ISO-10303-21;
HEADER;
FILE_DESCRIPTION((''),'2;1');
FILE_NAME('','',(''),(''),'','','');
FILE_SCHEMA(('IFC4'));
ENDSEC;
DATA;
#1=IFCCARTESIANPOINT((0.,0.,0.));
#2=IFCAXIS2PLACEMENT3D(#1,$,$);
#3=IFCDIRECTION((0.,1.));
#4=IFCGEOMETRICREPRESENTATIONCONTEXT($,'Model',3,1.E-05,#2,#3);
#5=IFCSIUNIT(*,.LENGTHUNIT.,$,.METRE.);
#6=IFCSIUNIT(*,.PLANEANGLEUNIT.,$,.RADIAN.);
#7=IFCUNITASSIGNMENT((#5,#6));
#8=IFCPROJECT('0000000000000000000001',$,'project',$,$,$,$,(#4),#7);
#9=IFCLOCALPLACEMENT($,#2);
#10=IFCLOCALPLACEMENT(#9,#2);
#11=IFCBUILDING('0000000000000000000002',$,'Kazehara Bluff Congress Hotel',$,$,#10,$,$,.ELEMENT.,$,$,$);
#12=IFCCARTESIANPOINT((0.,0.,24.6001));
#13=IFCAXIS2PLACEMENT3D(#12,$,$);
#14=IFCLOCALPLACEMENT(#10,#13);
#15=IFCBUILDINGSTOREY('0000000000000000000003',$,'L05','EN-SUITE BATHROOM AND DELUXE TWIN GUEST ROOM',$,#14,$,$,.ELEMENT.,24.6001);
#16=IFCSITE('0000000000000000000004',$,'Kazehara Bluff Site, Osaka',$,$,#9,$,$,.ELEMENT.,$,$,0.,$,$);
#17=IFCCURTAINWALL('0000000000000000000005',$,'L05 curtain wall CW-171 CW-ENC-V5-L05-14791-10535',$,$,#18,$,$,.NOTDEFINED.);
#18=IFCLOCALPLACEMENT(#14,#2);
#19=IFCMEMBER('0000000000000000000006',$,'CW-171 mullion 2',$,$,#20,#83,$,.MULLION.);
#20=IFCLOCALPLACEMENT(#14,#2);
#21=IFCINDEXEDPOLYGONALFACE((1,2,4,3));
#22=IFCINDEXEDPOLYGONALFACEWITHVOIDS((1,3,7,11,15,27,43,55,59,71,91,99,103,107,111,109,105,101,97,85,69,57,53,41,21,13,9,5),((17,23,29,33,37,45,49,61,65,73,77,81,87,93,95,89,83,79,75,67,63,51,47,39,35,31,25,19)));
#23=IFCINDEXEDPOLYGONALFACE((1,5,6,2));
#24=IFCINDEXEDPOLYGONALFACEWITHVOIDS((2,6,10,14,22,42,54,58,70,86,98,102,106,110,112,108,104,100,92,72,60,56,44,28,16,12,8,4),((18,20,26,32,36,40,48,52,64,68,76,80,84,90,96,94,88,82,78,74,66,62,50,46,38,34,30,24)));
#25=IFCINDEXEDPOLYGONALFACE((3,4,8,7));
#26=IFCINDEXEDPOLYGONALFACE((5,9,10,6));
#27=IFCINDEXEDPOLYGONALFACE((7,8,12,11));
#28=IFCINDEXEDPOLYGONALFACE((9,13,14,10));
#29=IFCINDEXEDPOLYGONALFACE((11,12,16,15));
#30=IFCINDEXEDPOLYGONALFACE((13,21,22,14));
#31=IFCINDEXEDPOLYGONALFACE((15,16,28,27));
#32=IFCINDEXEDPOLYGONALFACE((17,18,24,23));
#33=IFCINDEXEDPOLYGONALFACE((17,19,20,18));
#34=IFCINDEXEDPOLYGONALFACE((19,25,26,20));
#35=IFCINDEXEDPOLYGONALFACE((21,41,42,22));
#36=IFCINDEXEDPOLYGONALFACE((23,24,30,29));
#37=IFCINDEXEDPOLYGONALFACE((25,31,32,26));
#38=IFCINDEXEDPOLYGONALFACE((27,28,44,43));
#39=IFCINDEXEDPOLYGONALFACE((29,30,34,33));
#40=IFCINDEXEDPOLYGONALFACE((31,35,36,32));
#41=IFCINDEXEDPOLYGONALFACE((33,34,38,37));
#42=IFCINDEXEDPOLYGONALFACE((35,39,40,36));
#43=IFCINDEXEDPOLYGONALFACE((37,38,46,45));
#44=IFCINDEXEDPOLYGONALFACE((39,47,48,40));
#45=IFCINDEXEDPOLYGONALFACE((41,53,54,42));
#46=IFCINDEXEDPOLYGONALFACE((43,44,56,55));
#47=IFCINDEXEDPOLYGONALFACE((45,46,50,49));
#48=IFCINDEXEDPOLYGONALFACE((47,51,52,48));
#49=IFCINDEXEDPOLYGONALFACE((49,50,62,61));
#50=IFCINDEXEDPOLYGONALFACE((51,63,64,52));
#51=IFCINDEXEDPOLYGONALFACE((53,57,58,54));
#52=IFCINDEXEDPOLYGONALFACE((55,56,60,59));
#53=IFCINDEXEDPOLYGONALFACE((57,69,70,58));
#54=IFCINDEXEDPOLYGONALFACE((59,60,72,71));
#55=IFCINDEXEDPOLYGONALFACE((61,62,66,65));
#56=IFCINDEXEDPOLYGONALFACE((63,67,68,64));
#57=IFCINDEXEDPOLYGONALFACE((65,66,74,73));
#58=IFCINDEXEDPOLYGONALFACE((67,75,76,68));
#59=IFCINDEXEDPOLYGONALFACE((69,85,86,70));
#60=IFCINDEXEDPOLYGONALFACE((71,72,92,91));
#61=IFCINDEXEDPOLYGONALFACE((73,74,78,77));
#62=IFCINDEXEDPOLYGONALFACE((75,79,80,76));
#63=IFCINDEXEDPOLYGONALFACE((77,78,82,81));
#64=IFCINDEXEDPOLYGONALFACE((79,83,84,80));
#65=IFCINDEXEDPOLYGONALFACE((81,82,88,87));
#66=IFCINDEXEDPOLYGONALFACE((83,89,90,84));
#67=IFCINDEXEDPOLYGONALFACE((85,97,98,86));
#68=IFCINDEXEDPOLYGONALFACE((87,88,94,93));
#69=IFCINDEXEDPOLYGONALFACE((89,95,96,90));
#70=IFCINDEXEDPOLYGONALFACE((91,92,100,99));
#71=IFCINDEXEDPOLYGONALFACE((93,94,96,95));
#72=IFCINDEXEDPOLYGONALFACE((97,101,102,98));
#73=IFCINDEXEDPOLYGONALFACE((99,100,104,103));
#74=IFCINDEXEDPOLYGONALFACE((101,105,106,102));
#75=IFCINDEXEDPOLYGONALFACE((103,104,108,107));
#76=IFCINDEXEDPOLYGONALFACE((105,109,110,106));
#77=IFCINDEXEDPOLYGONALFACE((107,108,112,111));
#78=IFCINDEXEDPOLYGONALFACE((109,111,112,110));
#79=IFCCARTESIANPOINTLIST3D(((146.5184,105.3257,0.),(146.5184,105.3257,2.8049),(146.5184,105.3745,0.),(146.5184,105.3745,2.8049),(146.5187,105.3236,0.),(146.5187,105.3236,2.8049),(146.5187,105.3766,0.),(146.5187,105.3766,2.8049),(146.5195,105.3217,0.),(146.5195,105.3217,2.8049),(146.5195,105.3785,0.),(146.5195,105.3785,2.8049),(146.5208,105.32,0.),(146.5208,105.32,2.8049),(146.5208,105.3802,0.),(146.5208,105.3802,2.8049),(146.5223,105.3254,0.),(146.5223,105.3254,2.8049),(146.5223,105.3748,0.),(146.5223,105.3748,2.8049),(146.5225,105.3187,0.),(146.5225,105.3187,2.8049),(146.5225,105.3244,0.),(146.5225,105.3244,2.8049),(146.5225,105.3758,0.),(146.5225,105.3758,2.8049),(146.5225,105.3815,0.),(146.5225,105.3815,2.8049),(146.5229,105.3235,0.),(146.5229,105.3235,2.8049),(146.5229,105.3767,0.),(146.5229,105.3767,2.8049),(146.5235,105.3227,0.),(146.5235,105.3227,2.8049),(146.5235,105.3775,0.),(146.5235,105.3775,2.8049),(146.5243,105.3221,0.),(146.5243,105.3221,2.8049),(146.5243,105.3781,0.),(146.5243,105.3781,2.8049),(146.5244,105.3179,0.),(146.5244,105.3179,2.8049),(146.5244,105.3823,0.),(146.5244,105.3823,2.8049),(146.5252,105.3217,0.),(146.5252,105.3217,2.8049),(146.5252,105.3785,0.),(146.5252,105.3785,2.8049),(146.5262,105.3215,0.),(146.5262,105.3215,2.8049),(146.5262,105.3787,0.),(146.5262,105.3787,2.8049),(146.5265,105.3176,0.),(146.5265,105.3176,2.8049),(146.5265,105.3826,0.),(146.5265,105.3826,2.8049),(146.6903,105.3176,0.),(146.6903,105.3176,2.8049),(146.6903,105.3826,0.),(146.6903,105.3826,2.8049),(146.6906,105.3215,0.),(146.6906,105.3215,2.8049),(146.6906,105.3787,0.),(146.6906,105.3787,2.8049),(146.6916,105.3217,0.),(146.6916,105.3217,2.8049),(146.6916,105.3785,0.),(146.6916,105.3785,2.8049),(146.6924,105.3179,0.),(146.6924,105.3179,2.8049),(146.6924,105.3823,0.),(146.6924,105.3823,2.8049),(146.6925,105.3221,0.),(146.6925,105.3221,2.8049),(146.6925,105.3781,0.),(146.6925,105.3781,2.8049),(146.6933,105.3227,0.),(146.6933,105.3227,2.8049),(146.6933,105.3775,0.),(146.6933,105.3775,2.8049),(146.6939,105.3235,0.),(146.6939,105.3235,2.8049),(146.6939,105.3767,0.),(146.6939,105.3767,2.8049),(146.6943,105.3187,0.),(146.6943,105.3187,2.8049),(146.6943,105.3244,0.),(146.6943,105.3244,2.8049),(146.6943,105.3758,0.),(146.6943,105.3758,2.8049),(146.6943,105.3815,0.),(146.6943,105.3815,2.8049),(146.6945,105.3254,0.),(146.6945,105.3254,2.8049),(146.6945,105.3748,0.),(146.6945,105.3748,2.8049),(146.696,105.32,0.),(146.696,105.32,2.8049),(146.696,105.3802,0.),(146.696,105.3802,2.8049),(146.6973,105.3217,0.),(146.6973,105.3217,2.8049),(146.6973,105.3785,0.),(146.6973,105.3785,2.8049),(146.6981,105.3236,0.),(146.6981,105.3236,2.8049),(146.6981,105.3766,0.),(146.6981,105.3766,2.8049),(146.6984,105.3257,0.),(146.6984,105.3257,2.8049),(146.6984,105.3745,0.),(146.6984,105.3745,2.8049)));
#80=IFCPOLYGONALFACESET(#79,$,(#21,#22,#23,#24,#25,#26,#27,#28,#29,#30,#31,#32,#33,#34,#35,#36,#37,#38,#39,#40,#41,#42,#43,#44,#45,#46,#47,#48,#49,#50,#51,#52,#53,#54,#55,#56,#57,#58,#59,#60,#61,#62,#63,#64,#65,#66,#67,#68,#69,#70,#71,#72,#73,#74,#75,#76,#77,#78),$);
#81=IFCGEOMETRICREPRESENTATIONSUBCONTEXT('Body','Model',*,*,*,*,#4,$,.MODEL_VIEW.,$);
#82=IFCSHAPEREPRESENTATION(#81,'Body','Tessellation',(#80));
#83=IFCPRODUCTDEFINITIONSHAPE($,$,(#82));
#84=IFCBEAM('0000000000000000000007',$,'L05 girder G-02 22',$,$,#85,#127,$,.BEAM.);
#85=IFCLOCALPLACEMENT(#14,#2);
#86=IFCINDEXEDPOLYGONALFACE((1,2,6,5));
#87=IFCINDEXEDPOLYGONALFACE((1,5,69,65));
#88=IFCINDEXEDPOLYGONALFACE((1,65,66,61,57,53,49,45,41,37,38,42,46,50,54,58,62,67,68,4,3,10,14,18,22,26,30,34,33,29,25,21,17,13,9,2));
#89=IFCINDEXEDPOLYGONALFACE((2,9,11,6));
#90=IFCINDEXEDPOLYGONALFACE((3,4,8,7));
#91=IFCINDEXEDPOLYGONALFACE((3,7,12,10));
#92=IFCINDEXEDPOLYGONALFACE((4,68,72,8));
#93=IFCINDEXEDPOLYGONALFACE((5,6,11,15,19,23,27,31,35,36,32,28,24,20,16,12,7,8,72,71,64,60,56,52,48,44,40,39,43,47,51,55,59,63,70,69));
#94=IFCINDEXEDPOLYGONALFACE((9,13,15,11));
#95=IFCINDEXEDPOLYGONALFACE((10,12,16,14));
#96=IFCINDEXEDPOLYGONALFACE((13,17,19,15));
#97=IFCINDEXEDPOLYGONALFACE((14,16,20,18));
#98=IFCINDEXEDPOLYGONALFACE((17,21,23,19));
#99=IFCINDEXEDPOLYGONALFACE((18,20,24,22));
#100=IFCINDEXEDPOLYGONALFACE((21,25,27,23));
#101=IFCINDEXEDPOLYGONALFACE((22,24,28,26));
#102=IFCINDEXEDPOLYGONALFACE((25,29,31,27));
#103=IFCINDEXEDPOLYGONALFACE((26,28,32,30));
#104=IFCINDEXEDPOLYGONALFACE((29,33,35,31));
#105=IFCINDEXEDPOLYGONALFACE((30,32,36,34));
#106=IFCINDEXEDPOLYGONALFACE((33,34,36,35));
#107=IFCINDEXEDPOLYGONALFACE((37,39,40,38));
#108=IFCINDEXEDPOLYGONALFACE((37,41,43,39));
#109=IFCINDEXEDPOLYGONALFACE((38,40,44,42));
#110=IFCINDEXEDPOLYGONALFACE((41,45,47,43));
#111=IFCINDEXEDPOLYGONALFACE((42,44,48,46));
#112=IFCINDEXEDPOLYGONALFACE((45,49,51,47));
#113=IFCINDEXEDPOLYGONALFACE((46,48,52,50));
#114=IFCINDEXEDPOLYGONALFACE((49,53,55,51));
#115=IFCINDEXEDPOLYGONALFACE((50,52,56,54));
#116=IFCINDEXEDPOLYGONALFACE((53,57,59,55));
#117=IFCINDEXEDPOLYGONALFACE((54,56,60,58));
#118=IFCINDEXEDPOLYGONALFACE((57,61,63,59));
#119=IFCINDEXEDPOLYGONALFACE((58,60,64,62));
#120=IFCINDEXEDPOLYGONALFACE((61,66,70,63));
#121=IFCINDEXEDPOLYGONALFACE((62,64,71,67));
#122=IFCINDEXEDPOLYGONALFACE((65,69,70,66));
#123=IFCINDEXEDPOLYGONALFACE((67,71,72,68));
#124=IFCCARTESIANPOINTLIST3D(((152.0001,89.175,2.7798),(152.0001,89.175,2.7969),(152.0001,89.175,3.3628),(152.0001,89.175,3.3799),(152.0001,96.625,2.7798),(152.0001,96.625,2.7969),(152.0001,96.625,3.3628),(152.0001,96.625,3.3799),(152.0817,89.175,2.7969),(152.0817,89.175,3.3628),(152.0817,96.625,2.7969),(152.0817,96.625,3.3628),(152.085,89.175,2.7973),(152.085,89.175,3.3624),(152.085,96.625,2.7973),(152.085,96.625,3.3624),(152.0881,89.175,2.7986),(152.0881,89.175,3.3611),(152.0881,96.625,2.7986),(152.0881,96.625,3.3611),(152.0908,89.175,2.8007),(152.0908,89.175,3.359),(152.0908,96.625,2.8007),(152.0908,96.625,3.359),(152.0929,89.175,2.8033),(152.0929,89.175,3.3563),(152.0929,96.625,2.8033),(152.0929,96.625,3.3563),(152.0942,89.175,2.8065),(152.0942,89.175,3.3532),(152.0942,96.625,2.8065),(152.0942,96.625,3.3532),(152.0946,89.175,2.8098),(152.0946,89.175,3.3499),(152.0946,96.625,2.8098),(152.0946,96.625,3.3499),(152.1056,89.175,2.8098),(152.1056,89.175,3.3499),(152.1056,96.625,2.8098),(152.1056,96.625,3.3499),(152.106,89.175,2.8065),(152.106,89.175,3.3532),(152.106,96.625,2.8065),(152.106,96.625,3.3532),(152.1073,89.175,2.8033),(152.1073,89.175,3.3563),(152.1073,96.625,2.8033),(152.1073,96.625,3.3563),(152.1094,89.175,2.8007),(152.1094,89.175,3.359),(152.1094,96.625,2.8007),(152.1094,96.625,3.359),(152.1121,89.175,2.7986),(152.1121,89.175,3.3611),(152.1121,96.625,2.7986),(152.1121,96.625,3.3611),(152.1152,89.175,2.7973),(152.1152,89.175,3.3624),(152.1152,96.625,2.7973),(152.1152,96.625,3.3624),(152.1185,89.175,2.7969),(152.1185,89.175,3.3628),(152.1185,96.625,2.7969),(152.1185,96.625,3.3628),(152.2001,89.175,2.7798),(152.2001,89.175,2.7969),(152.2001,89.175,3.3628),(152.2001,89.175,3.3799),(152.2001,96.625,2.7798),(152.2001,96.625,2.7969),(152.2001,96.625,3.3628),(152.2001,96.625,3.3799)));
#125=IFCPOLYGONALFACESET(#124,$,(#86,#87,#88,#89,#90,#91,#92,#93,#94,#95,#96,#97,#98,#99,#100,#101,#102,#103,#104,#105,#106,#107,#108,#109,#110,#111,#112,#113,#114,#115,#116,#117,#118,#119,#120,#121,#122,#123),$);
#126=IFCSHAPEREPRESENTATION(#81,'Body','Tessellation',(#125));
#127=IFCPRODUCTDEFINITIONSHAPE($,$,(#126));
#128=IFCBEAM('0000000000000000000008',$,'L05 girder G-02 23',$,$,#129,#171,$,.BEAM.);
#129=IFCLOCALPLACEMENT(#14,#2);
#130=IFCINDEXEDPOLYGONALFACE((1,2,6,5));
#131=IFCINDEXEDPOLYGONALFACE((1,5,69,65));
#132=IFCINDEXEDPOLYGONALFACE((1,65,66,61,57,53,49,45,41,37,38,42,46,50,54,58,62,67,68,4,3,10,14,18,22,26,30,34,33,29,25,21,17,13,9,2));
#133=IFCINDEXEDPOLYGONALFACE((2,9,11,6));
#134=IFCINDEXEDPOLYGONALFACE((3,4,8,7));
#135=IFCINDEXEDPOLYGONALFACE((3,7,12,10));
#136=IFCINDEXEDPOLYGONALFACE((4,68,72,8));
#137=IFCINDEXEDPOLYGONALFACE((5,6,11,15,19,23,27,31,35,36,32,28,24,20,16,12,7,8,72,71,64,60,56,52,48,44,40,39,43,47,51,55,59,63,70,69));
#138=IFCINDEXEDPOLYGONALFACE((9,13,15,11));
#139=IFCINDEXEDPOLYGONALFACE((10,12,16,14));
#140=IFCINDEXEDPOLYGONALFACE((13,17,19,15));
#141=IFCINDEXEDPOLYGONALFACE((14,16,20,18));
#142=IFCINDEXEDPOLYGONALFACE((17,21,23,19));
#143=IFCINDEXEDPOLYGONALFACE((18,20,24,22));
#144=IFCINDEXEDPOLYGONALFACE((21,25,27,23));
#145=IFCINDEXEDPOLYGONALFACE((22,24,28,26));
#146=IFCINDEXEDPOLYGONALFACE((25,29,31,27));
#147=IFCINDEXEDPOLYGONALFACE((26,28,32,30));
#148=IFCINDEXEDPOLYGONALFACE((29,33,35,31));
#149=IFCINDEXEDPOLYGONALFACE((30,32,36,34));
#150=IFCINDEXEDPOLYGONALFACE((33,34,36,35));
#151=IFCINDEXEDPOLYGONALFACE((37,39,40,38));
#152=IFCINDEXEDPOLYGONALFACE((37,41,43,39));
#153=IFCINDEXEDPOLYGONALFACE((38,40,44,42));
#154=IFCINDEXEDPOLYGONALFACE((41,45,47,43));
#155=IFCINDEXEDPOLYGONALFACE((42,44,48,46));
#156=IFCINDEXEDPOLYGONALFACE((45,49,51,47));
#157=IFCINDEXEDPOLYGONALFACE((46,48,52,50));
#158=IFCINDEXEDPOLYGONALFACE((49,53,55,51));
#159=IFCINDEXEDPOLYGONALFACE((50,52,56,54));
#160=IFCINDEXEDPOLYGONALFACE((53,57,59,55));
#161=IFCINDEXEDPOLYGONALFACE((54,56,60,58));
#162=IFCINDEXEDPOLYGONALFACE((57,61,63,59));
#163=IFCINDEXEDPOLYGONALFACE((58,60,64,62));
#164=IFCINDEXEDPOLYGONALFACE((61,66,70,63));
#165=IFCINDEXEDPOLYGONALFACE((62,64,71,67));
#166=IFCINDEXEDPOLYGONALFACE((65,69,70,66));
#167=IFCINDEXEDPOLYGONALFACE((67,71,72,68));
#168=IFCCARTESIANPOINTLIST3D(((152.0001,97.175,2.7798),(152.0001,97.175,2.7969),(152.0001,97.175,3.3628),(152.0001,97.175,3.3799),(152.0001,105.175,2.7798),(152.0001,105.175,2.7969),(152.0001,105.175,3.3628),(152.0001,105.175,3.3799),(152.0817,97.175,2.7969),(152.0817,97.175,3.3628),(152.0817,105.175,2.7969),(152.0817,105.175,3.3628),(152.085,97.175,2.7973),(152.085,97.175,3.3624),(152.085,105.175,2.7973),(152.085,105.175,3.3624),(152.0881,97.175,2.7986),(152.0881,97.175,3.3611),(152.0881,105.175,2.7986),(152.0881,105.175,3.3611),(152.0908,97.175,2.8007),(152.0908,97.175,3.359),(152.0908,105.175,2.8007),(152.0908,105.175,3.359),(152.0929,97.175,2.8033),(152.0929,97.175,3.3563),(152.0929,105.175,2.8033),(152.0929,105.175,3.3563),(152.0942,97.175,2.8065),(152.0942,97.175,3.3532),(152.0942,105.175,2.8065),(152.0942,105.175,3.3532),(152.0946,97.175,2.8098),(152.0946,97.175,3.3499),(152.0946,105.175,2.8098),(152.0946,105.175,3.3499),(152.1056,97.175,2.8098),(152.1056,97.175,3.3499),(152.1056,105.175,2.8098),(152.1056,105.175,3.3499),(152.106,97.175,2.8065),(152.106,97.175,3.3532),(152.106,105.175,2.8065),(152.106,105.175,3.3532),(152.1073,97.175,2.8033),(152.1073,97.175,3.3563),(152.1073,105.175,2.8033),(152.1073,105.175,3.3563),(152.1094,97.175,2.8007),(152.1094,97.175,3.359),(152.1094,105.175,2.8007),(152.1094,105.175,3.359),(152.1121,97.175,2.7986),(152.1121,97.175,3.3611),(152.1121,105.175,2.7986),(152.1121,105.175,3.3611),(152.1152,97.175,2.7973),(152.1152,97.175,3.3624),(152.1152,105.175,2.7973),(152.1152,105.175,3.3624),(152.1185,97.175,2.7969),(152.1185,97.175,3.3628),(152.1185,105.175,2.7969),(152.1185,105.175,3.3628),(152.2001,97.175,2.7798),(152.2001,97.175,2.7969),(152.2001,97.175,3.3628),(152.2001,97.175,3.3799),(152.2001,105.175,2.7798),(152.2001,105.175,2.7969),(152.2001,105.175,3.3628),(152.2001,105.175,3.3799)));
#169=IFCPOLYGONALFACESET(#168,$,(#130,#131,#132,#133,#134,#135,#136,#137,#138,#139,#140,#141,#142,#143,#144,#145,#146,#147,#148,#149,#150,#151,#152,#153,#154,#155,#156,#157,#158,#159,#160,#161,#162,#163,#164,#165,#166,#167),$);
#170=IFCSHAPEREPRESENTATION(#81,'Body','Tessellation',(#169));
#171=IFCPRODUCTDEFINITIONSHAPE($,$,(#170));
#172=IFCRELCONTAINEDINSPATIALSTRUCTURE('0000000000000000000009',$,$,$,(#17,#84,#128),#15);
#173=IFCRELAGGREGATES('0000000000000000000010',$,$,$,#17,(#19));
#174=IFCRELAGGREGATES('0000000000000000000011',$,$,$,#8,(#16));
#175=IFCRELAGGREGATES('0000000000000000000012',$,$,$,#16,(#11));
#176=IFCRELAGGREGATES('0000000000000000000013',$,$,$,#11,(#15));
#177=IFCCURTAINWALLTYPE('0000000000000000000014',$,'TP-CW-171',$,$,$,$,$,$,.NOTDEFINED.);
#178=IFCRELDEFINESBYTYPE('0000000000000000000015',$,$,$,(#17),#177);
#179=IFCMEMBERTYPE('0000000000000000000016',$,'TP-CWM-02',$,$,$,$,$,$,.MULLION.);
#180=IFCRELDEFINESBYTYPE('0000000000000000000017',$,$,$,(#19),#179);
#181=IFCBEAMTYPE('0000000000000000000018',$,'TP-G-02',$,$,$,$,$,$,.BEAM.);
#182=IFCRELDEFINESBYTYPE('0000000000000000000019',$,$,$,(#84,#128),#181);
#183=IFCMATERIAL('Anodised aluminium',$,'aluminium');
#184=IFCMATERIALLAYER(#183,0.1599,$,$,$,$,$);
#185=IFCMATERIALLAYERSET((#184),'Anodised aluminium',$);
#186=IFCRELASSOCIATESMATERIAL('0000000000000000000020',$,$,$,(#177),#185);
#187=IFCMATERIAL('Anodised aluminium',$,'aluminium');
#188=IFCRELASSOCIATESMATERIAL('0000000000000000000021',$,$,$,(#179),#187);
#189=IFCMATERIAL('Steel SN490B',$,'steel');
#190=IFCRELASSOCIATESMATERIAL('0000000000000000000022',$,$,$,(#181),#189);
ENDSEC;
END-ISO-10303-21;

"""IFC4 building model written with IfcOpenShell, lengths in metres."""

from ifc_helpers import new_model, si_unit, direction, frame, origin, origin_2d, place, context, subcontext, project, spatial, hollow_rectangle, i_section, extrude, material, layer, layer_set, material_profile, profile_set, type_object, element, aggregate, save


model = new_model("IFC4")

# Units and contexts
model_context = context("Model", 3, precision=1e-05, world=origin(), true_north=direction((0.0, 1.0)))
body_context = subcontext(model_context, "Body", "Model", "MODEL_VIEW")
ifc_project = project(units=[si_unit("LENGTHUNIT", "METRE"), si_unit("PLANEANGLEUNIT", "RADIAN")], contexts=[model_context])

# Site, building, storey
site_placement = place(None, origin())
site = spatial("IfcSite", under=ifc_project, at=site_placement, Name="Kazehara Bluff Site, Osaka", CompositionType="ELEMENT", RefElevation=0.0)
building_placement = place(site_placement, origin())
building = spatial("IfcBuilding", under=site, at=building_placement, Name="Kazehara Bluff Congress Hotel", CompositionType="ELEMENT")
storey_placement = place(building_placement, frame((0.0, 0.0, 24.6001)))
storey = spatial("IfcBuildingStorey", under=building, at=storey_placement, Name="L05", Description="EN-SUITE BATHROOM AND DELUXE TWIN GUEST ROOM", CompositionType="ELEMENT", Elevation=24.6001)

# Curtain wall, member
ifc_material_1 = material(Name="Anodised aluminium", Category="aluminium")
ifc_layer_1 = layer(ifc_material_1, 0.1599)
ifc_layer_set_1 = layer_set([ifc_layer_1], Name="Anodised aluminium")
curtain_wall_type = type_object("IfcCurtainWallType", Name="TP-CW-171", PredefinedType="NOTDEFINED", material=ifc_layer_set_1)
curtain_wall_placement = place(storey_placement, origin())
curtain_wall = element("IfcCurtainWall", 1, at=curtain_wall_placement, inside=storey, type_object=curtain_wall_type, Name="L05 curtain wall CW-171 CW-ENC-V5-L05-14791-10535", PredefinedType="NOTDEFINED")
ifc_material_2 = material(Name="Anodised aluminium", Category="aluminium")
ifc_material_profile_1 = material_profile(ifc_material_2, hollow_rectangle(XDim=0.0649, YDim=0.1799, WallThickness=0.0039, InnerFilletRadius=0.0039, OuterFilletRadius=0.0081, at=origin_2d()))
ifc_profile_set_1 = profile_set([ifc_material_profile_1], Name="Anodised aluminium")
member_type = type_object("IfcMemberType", Name="TP-CWM-02", PredefinedType="MULLION", material=ifc_profile_set_1)
member_placement = place(storey_placement, frame((146.6084, 105.3501, 0.0), z_axis=(0.0, 0.0, 1.0), x_axis=(0.0, 1.0, 0.0)))
member = element("IfcMember", 2, at=member_placement, type_object=member_type, Name="CW-171 mullion 2", PredefinedType="MULLION", context=body_context, shape_type="SweptSolid", body=[
    extrude(hollow_rectangle(XDim=0.0649, YDim=0.1799, WallThickness=0.0039, InnerFilletRadius=0.0039, OuterFilletRadius=0.0081, at=origin_2d()), origin(), (0.0, 0.0, 1.0), 2.8049),
])

# Beams
ifc_material_3 = material(Name="Steel SN490B", Category="steel")
ifc_material_profile_2 = material_profile(ifc_material_3, i_section(OverallWidth=0.2, OverallDepth=0.6001, WebThickness=0.011, FlangeThickness=0.0171, FilletRadius=0.0129, at=origin_2d()))
ifc_profile_set_2 = profile_set([ifc_material_profile_2], Name="Steel SN490B")
beam_type_1 = type_object("IfcBeamType", Name="TP-G-02", PredefinedType="BEAM", material=ifc_profile_set_2)
beam_1_placement = place(storey_placement, frame((152.1001, 89.175, 3.0798), z_axis=(0.0, 1.0, 0.0), x_axis=(-1.0, 0.0, 0.0)))
element("IfcBeam", 3, at=beam_1_placement, inside=storey, type_object=beam_type_1, Name="L05 girder G-02 22", PredefinedType="BEAM", context=body_context, shape_type="SweptSolid", body=[
    extrude(i_section(OverallWidth=0.2, OverallDepth=0.6001, WebThickness=0.011, FlangeThickness=0.0171, FilletRadius=0.0129, at=origin_2d()), origin(), (0.0, 0.0, 1.0), 7.45),
])
beam_2_placement = place(storey_placement, frame((152.1001, 97.175, 3.0798), z_axis=(0.0, 1.0, 0.0), x_axis=(-1.0, 0.0, 0.0)))
element("IfcBeam", 4, at=beam_2_placement, inside=storey, type_object=beam_type_1, Name="L05 girder G-02 23", PredefinedType="BEAM", context=body_context, shape_type="SweptSolid", body=[
    extrude(i_section(OverallWidth=0.2, OverallDepth=0.6001, WebThickness=0.011, FlangeThickness=0.0171, FilletRadius=0.0129, at=origin_2d()), origin(), (0.0, 0.0, 1.0), 8.0),
])

aggregate(curtain_wall, [member])

save(model, "model.ifc")
